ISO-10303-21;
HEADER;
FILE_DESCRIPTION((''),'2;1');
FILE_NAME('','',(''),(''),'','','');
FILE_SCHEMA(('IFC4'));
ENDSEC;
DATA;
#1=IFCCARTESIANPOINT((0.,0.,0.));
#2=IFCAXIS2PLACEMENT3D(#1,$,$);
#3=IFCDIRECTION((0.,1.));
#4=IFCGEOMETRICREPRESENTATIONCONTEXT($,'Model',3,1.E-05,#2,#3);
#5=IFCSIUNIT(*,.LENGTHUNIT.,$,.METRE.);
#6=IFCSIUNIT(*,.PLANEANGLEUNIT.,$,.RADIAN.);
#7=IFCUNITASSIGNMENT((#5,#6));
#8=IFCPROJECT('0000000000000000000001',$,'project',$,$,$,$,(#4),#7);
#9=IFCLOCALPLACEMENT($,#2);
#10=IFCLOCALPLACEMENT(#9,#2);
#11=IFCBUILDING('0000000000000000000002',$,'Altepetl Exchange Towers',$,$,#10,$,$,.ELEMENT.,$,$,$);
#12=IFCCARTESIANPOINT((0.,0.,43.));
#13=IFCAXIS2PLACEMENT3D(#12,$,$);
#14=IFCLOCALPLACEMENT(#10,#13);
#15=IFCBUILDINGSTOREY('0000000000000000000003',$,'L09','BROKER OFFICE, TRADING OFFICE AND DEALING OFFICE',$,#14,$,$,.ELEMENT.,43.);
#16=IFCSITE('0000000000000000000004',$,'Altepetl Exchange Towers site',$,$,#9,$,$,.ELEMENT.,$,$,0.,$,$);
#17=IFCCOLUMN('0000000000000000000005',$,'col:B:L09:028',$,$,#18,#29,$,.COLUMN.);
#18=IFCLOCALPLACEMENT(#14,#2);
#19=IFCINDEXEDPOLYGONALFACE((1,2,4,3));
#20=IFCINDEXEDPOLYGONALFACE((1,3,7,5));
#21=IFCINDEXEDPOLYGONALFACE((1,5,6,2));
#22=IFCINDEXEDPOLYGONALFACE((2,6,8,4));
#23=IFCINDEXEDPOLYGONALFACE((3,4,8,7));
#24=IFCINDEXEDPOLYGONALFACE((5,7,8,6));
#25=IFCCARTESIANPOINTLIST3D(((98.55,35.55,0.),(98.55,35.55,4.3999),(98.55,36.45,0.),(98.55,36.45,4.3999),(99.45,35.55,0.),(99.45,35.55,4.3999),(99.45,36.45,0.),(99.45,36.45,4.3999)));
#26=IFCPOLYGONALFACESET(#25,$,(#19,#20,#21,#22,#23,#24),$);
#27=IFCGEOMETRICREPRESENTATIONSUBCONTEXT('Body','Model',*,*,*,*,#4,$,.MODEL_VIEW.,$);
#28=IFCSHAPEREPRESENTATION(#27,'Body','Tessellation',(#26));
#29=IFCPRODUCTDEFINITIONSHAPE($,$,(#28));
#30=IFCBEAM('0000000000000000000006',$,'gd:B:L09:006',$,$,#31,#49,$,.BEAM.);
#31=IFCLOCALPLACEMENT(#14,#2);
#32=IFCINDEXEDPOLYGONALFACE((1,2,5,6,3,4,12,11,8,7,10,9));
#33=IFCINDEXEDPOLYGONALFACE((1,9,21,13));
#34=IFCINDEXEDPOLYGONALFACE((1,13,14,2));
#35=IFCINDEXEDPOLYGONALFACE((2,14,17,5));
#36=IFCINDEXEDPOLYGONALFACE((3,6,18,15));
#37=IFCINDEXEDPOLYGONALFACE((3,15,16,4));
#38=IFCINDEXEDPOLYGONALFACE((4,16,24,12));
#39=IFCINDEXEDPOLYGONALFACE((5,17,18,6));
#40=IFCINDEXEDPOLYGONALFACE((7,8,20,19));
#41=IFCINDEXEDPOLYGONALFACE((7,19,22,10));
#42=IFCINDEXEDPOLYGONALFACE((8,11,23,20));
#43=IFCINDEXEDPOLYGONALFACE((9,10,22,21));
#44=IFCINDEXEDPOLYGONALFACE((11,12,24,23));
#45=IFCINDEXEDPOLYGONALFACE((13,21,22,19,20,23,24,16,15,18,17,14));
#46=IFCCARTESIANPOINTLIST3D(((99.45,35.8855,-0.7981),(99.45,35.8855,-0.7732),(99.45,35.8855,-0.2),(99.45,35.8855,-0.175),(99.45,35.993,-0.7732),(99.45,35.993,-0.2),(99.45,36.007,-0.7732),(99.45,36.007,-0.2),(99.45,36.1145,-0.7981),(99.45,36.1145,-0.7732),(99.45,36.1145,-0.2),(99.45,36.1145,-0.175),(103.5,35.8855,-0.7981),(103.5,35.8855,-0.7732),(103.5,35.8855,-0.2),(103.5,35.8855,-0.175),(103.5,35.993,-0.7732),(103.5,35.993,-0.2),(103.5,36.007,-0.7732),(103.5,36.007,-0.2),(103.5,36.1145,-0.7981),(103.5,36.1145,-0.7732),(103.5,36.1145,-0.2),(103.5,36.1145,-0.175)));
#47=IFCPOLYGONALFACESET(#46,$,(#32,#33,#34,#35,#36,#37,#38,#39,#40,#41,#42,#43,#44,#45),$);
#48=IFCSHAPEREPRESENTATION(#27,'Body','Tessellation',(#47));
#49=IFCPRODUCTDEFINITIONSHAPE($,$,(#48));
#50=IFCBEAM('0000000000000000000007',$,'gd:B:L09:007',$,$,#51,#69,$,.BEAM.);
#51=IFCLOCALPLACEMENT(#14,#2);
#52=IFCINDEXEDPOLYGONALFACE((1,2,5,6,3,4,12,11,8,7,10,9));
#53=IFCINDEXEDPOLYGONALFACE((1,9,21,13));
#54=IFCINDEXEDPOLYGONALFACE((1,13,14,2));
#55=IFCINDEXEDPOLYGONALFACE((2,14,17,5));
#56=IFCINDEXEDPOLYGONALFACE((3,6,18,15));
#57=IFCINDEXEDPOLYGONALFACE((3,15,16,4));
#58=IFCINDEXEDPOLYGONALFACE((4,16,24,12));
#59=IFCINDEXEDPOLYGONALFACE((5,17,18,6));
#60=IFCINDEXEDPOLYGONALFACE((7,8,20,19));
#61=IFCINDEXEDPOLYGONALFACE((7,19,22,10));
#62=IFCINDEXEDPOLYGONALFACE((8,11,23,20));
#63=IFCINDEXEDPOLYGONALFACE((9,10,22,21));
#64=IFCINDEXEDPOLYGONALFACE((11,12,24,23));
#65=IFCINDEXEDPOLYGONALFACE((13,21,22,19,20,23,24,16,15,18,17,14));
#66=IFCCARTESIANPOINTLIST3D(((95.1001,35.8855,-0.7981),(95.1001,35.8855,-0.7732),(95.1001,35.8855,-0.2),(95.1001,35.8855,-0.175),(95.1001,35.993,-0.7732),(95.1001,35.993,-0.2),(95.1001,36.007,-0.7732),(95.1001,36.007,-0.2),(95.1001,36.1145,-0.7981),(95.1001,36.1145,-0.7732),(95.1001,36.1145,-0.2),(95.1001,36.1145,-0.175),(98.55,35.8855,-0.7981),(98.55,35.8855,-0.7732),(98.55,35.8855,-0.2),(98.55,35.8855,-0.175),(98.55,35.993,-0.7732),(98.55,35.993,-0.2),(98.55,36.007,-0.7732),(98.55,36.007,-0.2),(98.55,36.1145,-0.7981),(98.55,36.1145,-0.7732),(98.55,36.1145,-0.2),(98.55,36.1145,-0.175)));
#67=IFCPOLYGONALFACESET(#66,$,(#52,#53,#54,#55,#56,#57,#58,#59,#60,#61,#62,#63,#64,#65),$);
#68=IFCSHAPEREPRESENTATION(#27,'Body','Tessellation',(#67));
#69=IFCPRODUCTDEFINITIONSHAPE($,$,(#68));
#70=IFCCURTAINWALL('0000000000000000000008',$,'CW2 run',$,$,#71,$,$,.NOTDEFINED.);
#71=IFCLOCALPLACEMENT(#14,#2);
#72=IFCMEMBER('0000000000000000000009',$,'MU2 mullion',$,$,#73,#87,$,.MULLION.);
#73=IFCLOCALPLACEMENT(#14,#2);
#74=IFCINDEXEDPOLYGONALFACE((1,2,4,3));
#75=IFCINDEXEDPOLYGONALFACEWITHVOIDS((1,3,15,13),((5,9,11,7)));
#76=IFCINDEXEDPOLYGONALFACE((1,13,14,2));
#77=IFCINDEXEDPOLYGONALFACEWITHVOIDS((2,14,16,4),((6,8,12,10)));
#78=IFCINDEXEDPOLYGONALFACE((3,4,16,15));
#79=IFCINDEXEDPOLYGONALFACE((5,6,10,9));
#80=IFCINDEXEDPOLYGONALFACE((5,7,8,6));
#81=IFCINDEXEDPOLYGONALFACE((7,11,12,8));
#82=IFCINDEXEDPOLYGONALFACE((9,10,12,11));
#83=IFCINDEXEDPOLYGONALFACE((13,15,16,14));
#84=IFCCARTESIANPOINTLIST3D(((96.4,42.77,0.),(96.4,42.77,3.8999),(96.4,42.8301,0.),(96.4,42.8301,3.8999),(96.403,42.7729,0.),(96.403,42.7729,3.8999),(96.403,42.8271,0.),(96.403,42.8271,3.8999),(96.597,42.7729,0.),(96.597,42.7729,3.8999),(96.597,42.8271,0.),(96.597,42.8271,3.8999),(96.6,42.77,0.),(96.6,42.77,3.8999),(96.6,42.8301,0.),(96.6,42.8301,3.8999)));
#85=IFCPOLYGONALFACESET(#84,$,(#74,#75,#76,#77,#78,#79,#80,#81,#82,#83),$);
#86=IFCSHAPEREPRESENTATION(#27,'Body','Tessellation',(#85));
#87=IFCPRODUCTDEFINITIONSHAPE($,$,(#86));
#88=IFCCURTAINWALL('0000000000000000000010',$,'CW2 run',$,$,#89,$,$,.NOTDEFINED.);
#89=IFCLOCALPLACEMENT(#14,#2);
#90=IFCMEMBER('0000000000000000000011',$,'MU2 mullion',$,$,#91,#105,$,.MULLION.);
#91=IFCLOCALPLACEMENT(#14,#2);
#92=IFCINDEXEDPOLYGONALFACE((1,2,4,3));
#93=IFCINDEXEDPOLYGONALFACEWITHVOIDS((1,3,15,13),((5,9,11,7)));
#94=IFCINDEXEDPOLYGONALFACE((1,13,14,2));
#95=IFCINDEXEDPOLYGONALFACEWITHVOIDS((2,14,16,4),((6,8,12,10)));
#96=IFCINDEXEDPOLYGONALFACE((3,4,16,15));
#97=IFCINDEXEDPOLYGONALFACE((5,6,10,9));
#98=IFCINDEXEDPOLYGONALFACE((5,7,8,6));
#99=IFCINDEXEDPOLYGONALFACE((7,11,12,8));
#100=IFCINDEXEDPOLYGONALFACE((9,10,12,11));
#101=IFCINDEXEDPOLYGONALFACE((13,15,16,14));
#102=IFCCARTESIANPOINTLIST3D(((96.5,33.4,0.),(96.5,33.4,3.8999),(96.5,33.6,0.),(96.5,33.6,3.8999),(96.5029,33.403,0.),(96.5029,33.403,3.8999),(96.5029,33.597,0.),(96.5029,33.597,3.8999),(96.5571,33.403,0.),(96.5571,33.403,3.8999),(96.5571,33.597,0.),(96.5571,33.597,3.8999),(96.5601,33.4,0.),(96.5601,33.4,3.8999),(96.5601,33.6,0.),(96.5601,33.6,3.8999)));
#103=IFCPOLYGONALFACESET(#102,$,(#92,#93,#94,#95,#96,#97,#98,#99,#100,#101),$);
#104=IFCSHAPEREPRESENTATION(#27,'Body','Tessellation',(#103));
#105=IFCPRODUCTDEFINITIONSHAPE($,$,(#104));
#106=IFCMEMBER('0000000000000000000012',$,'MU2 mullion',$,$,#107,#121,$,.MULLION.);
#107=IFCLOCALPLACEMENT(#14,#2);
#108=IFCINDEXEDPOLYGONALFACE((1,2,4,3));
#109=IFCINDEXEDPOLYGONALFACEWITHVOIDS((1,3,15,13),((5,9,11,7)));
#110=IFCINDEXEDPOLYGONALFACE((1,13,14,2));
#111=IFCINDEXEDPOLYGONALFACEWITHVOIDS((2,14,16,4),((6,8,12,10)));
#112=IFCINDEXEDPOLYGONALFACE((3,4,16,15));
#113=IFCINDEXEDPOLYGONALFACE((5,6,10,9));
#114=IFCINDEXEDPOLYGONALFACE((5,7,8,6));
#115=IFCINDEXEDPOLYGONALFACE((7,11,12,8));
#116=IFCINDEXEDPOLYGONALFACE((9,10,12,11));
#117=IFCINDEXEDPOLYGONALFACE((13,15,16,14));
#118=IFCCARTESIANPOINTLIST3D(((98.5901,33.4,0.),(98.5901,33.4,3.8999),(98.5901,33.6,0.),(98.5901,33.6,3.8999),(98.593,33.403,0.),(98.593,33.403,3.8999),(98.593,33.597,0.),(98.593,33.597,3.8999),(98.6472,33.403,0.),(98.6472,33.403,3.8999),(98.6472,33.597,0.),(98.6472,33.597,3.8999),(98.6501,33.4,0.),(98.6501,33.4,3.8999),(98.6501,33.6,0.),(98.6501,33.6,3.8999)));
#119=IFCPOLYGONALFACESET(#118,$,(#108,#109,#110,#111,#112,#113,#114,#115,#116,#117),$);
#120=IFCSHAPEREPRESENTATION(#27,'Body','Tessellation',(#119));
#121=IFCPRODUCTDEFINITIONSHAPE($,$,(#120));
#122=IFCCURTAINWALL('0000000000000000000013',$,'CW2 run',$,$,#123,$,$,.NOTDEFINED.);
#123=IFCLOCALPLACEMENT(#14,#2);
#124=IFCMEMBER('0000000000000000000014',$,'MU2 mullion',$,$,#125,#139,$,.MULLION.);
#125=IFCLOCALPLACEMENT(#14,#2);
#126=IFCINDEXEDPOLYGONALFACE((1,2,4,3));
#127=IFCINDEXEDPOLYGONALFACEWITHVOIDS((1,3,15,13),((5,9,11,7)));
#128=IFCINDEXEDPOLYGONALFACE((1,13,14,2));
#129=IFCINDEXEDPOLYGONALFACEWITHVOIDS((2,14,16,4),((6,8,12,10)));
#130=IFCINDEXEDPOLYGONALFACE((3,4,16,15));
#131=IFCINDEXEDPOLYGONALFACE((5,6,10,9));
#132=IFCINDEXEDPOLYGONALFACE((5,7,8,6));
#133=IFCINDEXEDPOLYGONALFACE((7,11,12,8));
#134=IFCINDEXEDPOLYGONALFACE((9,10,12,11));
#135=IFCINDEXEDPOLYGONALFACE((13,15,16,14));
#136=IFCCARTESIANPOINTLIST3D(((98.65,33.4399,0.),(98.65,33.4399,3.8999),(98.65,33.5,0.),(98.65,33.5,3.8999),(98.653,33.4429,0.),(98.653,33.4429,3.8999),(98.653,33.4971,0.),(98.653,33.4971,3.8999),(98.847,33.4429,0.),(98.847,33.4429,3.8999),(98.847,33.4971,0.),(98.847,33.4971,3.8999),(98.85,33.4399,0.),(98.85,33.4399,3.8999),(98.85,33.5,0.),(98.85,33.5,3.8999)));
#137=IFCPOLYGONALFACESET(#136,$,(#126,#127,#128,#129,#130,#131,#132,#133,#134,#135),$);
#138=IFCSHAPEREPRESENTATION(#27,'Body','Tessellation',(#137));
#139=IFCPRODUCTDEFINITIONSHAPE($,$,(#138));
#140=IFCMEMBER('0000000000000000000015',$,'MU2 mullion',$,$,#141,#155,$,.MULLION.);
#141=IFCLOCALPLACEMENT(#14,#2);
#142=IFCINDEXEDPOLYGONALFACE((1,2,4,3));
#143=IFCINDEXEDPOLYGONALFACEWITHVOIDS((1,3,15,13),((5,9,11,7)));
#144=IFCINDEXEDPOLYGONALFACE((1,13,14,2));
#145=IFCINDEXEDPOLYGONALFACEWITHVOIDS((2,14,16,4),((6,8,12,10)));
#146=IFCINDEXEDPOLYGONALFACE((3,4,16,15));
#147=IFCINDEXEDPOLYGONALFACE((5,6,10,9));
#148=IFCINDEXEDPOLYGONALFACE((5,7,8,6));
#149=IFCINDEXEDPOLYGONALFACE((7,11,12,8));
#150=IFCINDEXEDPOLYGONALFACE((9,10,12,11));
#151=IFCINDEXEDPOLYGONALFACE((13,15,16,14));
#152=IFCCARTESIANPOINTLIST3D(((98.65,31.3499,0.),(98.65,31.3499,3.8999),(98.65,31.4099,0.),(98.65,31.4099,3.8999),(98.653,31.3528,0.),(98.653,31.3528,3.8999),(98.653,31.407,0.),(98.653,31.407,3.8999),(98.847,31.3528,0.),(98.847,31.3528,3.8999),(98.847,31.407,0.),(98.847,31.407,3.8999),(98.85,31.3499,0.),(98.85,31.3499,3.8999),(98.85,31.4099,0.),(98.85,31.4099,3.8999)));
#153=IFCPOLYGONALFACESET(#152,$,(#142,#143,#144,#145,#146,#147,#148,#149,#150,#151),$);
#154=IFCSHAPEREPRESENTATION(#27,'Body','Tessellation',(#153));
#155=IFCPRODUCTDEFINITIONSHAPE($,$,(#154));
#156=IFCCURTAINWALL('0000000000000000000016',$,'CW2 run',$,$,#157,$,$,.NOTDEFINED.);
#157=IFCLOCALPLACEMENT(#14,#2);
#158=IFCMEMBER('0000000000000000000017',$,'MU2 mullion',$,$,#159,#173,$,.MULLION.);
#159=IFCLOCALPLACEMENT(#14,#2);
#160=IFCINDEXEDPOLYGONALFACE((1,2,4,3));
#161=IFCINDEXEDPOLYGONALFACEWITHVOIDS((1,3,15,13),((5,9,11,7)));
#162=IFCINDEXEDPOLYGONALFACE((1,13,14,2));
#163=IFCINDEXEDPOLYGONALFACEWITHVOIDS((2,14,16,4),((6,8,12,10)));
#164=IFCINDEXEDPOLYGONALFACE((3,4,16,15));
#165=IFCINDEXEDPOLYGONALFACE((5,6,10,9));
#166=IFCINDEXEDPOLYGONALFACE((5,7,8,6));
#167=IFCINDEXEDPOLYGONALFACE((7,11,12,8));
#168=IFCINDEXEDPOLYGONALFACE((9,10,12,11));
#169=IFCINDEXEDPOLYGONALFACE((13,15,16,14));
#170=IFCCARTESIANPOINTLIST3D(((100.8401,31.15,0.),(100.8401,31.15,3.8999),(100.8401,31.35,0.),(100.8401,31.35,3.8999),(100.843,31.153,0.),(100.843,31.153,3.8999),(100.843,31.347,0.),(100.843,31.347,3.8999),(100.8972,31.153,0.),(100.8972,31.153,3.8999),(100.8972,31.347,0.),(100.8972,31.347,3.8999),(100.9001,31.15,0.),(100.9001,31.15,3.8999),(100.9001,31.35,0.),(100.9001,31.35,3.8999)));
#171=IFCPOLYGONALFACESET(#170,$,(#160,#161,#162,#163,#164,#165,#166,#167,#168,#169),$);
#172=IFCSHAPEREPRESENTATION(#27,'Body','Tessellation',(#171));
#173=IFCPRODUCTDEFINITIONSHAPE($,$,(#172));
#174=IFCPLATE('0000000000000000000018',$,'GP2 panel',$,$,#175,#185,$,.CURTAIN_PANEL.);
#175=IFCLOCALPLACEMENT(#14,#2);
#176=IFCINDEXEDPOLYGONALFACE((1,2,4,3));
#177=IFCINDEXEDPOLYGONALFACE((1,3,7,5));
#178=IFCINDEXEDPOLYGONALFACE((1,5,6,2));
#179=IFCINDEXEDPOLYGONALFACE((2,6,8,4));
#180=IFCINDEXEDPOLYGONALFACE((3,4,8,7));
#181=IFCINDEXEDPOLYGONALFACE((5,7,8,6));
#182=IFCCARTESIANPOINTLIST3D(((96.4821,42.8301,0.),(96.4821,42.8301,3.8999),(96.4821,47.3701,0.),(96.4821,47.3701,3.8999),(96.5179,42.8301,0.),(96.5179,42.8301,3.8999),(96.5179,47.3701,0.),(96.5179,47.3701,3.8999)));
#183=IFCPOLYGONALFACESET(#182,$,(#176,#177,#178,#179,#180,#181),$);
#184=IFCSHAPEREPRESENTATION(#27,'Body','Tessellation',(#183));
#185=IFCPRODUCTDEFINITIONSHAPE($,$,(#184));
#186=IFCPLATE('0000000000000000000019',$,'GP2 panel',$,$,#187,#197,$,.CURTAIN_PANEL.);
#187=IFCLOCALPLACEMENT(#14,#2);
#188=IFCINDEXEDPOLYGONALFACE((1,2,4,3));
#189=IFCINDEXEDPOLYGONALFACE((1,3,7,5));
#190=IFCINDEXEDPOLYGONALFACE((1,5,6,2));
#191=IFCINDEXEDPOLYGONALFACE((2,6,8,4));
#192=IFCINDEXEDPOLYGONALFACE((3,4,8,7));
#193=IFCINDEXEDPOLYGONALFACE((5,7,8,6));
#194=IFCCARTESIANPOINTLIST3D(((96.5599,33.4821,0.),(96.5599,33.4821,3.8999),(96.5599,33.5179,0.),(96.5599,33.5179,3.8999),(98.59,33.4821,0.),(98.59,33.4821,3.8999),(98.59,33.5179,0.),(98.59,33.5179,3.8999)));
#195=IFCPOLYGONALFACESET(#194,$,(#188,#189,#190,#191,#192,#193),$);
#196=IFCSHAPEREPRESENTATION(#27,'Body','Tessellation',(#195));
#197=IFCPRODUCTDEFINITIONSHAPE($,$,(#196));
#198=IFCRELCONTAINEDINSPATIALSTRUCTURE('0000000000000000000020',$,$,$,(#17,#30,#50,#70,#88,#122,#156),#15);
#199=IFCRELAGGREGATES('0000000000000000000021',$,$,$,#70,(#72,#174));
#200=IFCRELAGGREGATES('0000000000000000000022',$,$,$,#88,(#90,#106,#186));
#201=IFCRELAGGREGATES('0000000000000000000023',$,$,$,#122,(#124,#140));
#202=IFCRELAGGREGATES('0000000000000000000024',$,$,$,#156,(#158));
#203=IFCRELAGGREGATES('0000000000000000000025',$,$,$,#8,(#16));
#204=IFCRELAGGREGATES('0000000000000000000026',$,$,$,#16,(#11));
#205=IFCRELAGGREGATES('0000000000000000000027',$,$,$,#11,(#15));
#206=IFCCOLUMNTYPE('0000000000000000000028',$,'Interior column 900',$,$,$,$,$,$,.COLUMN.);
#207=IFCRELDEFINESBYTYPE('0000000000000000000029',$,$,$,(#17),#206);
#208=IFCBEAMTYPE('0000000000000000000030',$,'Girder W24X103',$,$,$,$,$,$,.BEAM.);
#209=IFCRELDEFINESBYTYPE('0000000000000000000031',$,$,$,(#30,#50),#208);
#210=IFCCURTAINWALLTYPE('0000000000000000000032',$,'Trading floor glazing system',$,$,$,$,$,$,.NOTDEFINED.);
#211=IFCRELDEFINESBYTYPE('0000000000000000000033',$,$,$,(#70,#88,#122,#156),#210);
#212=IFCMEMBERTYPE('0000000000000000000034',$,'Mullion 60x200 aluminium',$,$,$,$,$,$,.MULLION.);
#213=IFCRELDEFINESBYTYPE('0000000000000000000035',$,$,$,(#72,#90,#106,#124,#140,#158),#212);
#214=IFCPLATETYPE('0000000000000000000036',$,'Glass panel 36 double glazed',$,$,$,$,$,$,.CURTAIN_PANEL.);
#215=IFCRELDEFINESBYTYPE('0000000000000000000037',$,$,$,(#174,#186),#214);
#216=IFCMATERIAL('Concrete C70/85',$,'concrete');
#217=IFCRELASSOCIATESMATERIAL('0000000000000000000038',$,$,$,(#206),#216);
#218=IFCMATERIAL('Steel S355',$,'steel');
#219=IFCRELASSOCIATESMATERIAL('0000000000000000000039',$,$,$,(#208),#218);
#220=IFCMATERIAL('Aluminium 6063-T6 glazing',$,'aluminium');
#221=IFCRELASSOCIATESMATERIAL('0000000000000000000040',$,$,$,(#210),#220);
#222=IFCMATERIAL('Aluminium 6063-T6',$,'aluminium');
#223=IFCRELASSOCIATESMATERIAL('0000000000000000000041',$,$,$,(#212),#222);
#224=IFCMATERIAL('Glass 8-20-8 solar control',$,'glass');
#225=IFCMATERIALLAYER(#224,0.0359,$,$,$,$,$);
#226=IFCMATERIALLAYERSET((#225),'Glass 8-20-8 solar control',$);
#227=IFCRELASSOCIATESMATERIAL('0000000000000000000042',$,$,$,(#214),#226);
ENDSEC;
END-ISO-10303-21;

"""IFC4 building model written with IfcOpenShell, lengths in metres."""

from ifc_helpers import new_model, si_unit, direction, frame, origin, origin_2d, place, context, subcontext, project, spatial, rectangle, hollow_rectangle, i_section, extrude, material, layer, layer_set, material_profile, profile_set, type_object, element, aggregate, save


model = new_model("IFC4")

# Units and contexts
model_context = context("Model", 3, precision=1e-05, world=origin(), true_north=direction((0.0, 1.0)))
body_context = subcontext(model_context, "Body", "Model", "MODEL_VIEW")
ifc_project = project(units=[si_unit("LENGTHUNIT", "METRE"), si_unit("PLANEANGLEUNIT", "RADIAN")], contexts=[model_context])

# Site, building, storey
site_placement = place(None, origin())
site = spatial("IfcSite", under=ifc_project, at=site_placement, Name="Altepetl Exchange Towers site", CompositionType="ELEMENT", RefElevation=0.0)
building_placement = place(site_placement, origin())
building = spatial("IfcBuilding", under=site, at=building_placement, Name="Altepetl Exchange Towers", CompositionType="ELEMENT")
storey_placement = place(building_placement, frame((0.0, 0.0, 43.0)))
storey = spatial("IfcBuildingStorey", under=building, at=storey_placement, Name="L09", Description="BROKER OFFICE, TRADING OFFICE AND DEALING OFFICE", CompositionType="ELEMENT", Elevation=43.0)

# Column
ifc_material_1 = material(Name="Concrete C70/85", Category="concrete")
ifc_material_profile_1 = material_profile(ifc_material_1, rectangle(XDim=0.8999, YDim=0.8999, at=origin_2d()), Name="900 x 900")
ifc_profile_set_1 = profile_set([ifc_material_profile_1], Name="Concrete C70/85")
column_type = type_object("IfcColumnType", Name="Interior column 900", PredefinedType="COLUMN", material=ifc_profile_set_1)
column_placement = place(storey_placement, frame((99.0, 36.0, 0.0)))
element("IfcColumn", 1, at=column_placement, inside=storey, type_object=column_type, Name="col:B:L09:028", PredefinedType="COLUMN", context=body_context, shape_type="SweptSolid", body=[
    extrude(rectangle(XDim=0.8999, YDim=0.8999, at=origin_2d()), origin(), (0.0, 0.0, 1.0), 4.3999),
])

# Beams
ifc_material_2 = material(Name="Steel S355", Category="steel")
ifc_material_profile_2 = material_profile(ifc_material_2, i_section(OverallWidth=0.229, OverallDepth=0.623, WebThickness=0.0139, FlangeThickness=0.0249, at=origin_2d()), Name="W24X103")
ifc_profile_set_2 = profile_set([ifc_material_profile_2], Name="Steel S355")
beam_type = type_object("IfcBeamType", Name="Girder W24X103", PredefinedType="BEAM", material=ifc_profile_set_2)
beam_1_placement = place(storey_placement, frame((103.5, 36.0, -0.4866), z_axis=(-1.0, 0.0, 0.0), x_axis=(0.0, -1.0, 0.0)))
element("IfcBeam", 2, at=beam_1_placement, inside=storey, type_object=beam_type, Name="gd:B:L09:006", PredefinedType="BEAM", context=body_context, shape_type="SweptSolid", body=[
    extrude(i_section(OverallWidth=0.229, OverallDepth=0.623, WebThickness=0.0139, FlangeThickness=0.0249, at=origin_2d()), origin(), (0.0, 0.0, 1.0), 4.05),
])
beam_2_placement = place(storey_placement, frame((98.55, 36.0, -0.4866), z_axis=(-1.0, 0.0, 0.0), x_axis=(0.0, -1.0, 0.0)))
element("IfcBeam", 3, at=beam_2_placement, inside=storey, type_object=beam_type, Name="gd:B:L09:007", PredefinedType="BEAM", context=body_context, shape_type="SweptSolid", body=[
    extrude(i_section(OverallWidth=0.229, OverallDepth=0.623, WebThickness=0.0139, FlangeThickness=0.0249, at=origin_2d()), origin(), (0.0, 0.0, 1.0), 3.45),
])

# Curtain wall, member
ifc_material_3 = material(Name="Aluminium 6063-T6 glazing", Category="aluminium")
curtain_wall_type = type_object("IfcCurtainWallType", Name="Trading floor glazing system", PredefinedType="NOTDEFINED", material=ifc_material_3)
curtain_wall_1_placement = place(storey_placement, origin())
curtain_wall_1 = element("IfcCurtainWall", 4, at=curtain_wall_1_placement, inside=storey, type_object=curtain_wall_type, Name="CW2 run", PredefinedType="NOTDEFINED")
ifc_material_4 = material(Name="Aluminium 6063-T6", Category="aluminium")
ifc_material_profile_3 = material_profile(ifc_material_4, hollow_rectangle(XDim=0.0601, YDim=0.2, WallThickness=0.0029, at=origin_2d()), Name="Mullion 60x200 aluminium")
ifc_profile_set_3 = profile_set([ifc_material_profile_3], Name="Aluminium 6063-T6")
member_type = type_object("IfcMemberType", Name="Mullion 60x200 aluminium", PredefinedType="MULLION", material=ifc_profile_set_3)
member_1_placement = place(storey_placement, frame((96.5, 42.8, 0.0), z_axis=(0.0, 0.0, 1.0), x_axis=(0.0, -1.0, 0.0)))
member_1 = element("IfcMember", 5, at=member_1_placement, type_object=member_type, Name="MU2 mullion", PredefinedType="MULLION", context=body_context, shape_type="SweptSolid", body=[
    extrude(hollow_rectangle(XDim=0.0601, YDim=0.2, WallThickness=0.0029, at=origin_2d()), origin(), (0.0, 0.0, 1.0), 3.8999),
])

# Curtain walls, members
curtain_wall_2_placement = place(storey_placement, origin())
curtain_wall_2 = element("IfcCurtainWall", 6, at=curtain_wall_2_placement, inside=storey, type_object=curtain_wall_type, Name="CW2 run", PredefinedType="NOTDEFINED")
member_2_placement = place(storey_placement, frame((96.53, 33.5, 0.0)))
member_2 = element("IfcMember", 7, at=member_2_placement, type_object=member_type, Name="MU2 mullion", PredefinedType="MULLION", context=body_context, shape_type="SweptSolid", body=[
    extrude(hollow_rectangle(XDim=0.0601, YDim=0.2, WallThickness=0.0029, at=origin_2d()), origin(), (0.0, 0.0, 1.0), 3.8999),
])
member_3_placement = place(storey_placement, frame((98.6201, 33.5, 0.0)))
member_3 = element("IfcMember", 8, at=member_3_placement, type_object=member_type, Name="MU2 mullion", PredefinedType="MULLION", context=body_context, shape_type="SweptSolid", body=[
    extrude(hollow_rectangle(XDim=0.0601, YDim=0.2, WallThickness=0.0029, at=origin_2d()), origin(), (0.0, 0.0, 1.0), 3.8999),
])
curtain_wall_3_placement = place(storey_placement, origin())
curtain_wall_3 = element("IfcCurtainWall", 9, at=curtain_wall_3_placement, inside=storey, type_object=curtain_wall_type, Name="CW2 run", PredefinedType="NOTDEFINED")
member_4_placement = place(storey_placement, frame((98.75, 33.47, 0.0), z_axis=(0.0, 0.0, 1.0), x_axis=(0.0, -1.0, 0.0)))
member_4 = element("IfcMember", 10, at=member_4_placement, type_object=member_type, Name="MU2 mullion", PredefinedType="MULLION", context=body_context, shape_type="SweptSolid", body=[
    extrude(hollow_rectangle(XDim=0.0601, YDim=0.2, WallThickness=0.0029, at=origin_2d()), origin(), (0.0, 0.0, 1.0), 3.8999),
])
member_5_placement = place(storey_placement, frame((98.75, 31.3799, 0.0), z_axis=(0.0, 0.0, 1.0), x_axis=(0.0, -1.0, 0.0)))
member_5 = element("IfcMember", 11, at=member_5_placement, type_object=member_type, Name="MU2 mullion", PredefinedType="MULLION", context=body_context, shape_type="SweptSolid", body=[
    extrude(hollow_rectangle(XDim=0.0601, YDim=0.2, WallThickness=0.0029, at=origin_2d()), origin(), (0.0, 0.0, 1.0), 3.8999),
])

# Curtain wall, member
curtain_wall_4_placement = place(storey_placement, origin())
curtain_wall_4 = element("IfcCurtainWall", 12, at=curtain_wall_4_placement, inside=storey, type_object=curtain_wall_type, Name="CW2 run", PredefinedType="NOTDEFINED")
member_6_placement = place(storey_placement, frame((100.8701, 31.25, 0.0)))
member_6 = element("IfcMember", 13, at=member_6_placement, type_object=member_type, Name="MU2 mullion", PredefinedType="MULLION", context=body_context, shape_type="SweptSolid", body=[
    extrude(hollow_rectangle(XDim=0.0601, YDim=0.2, WallThickness=0.0029, at=origin_2d()), origin(), (0.0, 0.0, 1.0), 3.8999),
])

# Plates
ifc_material_5 = material(Name="Glass 8-20-8 solar control", Category="glass")
ifc_layer_1 = layer(ifc_material_5, 0.0359)
ifc_layer_set_1 = layer_set([ifc_layer_1], Name="Glass 8-20-8 solar control")
plate_type = type_object("IfcPlateType", Name="Glass panel 36 double glazed", PredefinedType="CURTAIN_PANEL", material=ifc_layer_set_1)
plate_1_placement = place(storey_placement, frame((96.5, 45.1001, 0.0), z_axis=(0.0, 0.0, 1.0), x_axis=(0.0, -1.0, 0.0)))
plate_1 = element("IfcPlate", 14, at=plate_1_placement, type_object=plate_type, Name="GP2 panel", PredefinedType="CURTAIN_PANEL", context=body_context, shape_type="SweptSolid", body=[
    extrude(rectangle(XDim=4.54, YDim=0.0359, at=origin_2d()), origin(), (0.0, 0.0, 1.0), 3.8999),
])
aggregate(curtain_wall_1, [member_1, plate_1])
plate_2_placement = place(storey_placement, frame((97.575, 33.5, 0.0)))
plate_2 = element("IfcPlate", 15, at=plate_2_placement, type_object=plate_type, Name="GP2 panel", PredefinedType="CURTAIN_PANEL", context=body_context, shape_type="SweptSolid", body=[
    extrude(rectangle(XDim=2.03, YDim=0.0359, at=origin_2d()), origin(), (0.0, 0.0, 1.0), 3.8999),
])
aggregate(curtain_wall_2, [member_2, member_3, plate_2])
aggregate(curtain_wall_3, [member_4, member_5])
aggregate(curtain_wall_4, [member_6])

save(model, "model.ifc")
